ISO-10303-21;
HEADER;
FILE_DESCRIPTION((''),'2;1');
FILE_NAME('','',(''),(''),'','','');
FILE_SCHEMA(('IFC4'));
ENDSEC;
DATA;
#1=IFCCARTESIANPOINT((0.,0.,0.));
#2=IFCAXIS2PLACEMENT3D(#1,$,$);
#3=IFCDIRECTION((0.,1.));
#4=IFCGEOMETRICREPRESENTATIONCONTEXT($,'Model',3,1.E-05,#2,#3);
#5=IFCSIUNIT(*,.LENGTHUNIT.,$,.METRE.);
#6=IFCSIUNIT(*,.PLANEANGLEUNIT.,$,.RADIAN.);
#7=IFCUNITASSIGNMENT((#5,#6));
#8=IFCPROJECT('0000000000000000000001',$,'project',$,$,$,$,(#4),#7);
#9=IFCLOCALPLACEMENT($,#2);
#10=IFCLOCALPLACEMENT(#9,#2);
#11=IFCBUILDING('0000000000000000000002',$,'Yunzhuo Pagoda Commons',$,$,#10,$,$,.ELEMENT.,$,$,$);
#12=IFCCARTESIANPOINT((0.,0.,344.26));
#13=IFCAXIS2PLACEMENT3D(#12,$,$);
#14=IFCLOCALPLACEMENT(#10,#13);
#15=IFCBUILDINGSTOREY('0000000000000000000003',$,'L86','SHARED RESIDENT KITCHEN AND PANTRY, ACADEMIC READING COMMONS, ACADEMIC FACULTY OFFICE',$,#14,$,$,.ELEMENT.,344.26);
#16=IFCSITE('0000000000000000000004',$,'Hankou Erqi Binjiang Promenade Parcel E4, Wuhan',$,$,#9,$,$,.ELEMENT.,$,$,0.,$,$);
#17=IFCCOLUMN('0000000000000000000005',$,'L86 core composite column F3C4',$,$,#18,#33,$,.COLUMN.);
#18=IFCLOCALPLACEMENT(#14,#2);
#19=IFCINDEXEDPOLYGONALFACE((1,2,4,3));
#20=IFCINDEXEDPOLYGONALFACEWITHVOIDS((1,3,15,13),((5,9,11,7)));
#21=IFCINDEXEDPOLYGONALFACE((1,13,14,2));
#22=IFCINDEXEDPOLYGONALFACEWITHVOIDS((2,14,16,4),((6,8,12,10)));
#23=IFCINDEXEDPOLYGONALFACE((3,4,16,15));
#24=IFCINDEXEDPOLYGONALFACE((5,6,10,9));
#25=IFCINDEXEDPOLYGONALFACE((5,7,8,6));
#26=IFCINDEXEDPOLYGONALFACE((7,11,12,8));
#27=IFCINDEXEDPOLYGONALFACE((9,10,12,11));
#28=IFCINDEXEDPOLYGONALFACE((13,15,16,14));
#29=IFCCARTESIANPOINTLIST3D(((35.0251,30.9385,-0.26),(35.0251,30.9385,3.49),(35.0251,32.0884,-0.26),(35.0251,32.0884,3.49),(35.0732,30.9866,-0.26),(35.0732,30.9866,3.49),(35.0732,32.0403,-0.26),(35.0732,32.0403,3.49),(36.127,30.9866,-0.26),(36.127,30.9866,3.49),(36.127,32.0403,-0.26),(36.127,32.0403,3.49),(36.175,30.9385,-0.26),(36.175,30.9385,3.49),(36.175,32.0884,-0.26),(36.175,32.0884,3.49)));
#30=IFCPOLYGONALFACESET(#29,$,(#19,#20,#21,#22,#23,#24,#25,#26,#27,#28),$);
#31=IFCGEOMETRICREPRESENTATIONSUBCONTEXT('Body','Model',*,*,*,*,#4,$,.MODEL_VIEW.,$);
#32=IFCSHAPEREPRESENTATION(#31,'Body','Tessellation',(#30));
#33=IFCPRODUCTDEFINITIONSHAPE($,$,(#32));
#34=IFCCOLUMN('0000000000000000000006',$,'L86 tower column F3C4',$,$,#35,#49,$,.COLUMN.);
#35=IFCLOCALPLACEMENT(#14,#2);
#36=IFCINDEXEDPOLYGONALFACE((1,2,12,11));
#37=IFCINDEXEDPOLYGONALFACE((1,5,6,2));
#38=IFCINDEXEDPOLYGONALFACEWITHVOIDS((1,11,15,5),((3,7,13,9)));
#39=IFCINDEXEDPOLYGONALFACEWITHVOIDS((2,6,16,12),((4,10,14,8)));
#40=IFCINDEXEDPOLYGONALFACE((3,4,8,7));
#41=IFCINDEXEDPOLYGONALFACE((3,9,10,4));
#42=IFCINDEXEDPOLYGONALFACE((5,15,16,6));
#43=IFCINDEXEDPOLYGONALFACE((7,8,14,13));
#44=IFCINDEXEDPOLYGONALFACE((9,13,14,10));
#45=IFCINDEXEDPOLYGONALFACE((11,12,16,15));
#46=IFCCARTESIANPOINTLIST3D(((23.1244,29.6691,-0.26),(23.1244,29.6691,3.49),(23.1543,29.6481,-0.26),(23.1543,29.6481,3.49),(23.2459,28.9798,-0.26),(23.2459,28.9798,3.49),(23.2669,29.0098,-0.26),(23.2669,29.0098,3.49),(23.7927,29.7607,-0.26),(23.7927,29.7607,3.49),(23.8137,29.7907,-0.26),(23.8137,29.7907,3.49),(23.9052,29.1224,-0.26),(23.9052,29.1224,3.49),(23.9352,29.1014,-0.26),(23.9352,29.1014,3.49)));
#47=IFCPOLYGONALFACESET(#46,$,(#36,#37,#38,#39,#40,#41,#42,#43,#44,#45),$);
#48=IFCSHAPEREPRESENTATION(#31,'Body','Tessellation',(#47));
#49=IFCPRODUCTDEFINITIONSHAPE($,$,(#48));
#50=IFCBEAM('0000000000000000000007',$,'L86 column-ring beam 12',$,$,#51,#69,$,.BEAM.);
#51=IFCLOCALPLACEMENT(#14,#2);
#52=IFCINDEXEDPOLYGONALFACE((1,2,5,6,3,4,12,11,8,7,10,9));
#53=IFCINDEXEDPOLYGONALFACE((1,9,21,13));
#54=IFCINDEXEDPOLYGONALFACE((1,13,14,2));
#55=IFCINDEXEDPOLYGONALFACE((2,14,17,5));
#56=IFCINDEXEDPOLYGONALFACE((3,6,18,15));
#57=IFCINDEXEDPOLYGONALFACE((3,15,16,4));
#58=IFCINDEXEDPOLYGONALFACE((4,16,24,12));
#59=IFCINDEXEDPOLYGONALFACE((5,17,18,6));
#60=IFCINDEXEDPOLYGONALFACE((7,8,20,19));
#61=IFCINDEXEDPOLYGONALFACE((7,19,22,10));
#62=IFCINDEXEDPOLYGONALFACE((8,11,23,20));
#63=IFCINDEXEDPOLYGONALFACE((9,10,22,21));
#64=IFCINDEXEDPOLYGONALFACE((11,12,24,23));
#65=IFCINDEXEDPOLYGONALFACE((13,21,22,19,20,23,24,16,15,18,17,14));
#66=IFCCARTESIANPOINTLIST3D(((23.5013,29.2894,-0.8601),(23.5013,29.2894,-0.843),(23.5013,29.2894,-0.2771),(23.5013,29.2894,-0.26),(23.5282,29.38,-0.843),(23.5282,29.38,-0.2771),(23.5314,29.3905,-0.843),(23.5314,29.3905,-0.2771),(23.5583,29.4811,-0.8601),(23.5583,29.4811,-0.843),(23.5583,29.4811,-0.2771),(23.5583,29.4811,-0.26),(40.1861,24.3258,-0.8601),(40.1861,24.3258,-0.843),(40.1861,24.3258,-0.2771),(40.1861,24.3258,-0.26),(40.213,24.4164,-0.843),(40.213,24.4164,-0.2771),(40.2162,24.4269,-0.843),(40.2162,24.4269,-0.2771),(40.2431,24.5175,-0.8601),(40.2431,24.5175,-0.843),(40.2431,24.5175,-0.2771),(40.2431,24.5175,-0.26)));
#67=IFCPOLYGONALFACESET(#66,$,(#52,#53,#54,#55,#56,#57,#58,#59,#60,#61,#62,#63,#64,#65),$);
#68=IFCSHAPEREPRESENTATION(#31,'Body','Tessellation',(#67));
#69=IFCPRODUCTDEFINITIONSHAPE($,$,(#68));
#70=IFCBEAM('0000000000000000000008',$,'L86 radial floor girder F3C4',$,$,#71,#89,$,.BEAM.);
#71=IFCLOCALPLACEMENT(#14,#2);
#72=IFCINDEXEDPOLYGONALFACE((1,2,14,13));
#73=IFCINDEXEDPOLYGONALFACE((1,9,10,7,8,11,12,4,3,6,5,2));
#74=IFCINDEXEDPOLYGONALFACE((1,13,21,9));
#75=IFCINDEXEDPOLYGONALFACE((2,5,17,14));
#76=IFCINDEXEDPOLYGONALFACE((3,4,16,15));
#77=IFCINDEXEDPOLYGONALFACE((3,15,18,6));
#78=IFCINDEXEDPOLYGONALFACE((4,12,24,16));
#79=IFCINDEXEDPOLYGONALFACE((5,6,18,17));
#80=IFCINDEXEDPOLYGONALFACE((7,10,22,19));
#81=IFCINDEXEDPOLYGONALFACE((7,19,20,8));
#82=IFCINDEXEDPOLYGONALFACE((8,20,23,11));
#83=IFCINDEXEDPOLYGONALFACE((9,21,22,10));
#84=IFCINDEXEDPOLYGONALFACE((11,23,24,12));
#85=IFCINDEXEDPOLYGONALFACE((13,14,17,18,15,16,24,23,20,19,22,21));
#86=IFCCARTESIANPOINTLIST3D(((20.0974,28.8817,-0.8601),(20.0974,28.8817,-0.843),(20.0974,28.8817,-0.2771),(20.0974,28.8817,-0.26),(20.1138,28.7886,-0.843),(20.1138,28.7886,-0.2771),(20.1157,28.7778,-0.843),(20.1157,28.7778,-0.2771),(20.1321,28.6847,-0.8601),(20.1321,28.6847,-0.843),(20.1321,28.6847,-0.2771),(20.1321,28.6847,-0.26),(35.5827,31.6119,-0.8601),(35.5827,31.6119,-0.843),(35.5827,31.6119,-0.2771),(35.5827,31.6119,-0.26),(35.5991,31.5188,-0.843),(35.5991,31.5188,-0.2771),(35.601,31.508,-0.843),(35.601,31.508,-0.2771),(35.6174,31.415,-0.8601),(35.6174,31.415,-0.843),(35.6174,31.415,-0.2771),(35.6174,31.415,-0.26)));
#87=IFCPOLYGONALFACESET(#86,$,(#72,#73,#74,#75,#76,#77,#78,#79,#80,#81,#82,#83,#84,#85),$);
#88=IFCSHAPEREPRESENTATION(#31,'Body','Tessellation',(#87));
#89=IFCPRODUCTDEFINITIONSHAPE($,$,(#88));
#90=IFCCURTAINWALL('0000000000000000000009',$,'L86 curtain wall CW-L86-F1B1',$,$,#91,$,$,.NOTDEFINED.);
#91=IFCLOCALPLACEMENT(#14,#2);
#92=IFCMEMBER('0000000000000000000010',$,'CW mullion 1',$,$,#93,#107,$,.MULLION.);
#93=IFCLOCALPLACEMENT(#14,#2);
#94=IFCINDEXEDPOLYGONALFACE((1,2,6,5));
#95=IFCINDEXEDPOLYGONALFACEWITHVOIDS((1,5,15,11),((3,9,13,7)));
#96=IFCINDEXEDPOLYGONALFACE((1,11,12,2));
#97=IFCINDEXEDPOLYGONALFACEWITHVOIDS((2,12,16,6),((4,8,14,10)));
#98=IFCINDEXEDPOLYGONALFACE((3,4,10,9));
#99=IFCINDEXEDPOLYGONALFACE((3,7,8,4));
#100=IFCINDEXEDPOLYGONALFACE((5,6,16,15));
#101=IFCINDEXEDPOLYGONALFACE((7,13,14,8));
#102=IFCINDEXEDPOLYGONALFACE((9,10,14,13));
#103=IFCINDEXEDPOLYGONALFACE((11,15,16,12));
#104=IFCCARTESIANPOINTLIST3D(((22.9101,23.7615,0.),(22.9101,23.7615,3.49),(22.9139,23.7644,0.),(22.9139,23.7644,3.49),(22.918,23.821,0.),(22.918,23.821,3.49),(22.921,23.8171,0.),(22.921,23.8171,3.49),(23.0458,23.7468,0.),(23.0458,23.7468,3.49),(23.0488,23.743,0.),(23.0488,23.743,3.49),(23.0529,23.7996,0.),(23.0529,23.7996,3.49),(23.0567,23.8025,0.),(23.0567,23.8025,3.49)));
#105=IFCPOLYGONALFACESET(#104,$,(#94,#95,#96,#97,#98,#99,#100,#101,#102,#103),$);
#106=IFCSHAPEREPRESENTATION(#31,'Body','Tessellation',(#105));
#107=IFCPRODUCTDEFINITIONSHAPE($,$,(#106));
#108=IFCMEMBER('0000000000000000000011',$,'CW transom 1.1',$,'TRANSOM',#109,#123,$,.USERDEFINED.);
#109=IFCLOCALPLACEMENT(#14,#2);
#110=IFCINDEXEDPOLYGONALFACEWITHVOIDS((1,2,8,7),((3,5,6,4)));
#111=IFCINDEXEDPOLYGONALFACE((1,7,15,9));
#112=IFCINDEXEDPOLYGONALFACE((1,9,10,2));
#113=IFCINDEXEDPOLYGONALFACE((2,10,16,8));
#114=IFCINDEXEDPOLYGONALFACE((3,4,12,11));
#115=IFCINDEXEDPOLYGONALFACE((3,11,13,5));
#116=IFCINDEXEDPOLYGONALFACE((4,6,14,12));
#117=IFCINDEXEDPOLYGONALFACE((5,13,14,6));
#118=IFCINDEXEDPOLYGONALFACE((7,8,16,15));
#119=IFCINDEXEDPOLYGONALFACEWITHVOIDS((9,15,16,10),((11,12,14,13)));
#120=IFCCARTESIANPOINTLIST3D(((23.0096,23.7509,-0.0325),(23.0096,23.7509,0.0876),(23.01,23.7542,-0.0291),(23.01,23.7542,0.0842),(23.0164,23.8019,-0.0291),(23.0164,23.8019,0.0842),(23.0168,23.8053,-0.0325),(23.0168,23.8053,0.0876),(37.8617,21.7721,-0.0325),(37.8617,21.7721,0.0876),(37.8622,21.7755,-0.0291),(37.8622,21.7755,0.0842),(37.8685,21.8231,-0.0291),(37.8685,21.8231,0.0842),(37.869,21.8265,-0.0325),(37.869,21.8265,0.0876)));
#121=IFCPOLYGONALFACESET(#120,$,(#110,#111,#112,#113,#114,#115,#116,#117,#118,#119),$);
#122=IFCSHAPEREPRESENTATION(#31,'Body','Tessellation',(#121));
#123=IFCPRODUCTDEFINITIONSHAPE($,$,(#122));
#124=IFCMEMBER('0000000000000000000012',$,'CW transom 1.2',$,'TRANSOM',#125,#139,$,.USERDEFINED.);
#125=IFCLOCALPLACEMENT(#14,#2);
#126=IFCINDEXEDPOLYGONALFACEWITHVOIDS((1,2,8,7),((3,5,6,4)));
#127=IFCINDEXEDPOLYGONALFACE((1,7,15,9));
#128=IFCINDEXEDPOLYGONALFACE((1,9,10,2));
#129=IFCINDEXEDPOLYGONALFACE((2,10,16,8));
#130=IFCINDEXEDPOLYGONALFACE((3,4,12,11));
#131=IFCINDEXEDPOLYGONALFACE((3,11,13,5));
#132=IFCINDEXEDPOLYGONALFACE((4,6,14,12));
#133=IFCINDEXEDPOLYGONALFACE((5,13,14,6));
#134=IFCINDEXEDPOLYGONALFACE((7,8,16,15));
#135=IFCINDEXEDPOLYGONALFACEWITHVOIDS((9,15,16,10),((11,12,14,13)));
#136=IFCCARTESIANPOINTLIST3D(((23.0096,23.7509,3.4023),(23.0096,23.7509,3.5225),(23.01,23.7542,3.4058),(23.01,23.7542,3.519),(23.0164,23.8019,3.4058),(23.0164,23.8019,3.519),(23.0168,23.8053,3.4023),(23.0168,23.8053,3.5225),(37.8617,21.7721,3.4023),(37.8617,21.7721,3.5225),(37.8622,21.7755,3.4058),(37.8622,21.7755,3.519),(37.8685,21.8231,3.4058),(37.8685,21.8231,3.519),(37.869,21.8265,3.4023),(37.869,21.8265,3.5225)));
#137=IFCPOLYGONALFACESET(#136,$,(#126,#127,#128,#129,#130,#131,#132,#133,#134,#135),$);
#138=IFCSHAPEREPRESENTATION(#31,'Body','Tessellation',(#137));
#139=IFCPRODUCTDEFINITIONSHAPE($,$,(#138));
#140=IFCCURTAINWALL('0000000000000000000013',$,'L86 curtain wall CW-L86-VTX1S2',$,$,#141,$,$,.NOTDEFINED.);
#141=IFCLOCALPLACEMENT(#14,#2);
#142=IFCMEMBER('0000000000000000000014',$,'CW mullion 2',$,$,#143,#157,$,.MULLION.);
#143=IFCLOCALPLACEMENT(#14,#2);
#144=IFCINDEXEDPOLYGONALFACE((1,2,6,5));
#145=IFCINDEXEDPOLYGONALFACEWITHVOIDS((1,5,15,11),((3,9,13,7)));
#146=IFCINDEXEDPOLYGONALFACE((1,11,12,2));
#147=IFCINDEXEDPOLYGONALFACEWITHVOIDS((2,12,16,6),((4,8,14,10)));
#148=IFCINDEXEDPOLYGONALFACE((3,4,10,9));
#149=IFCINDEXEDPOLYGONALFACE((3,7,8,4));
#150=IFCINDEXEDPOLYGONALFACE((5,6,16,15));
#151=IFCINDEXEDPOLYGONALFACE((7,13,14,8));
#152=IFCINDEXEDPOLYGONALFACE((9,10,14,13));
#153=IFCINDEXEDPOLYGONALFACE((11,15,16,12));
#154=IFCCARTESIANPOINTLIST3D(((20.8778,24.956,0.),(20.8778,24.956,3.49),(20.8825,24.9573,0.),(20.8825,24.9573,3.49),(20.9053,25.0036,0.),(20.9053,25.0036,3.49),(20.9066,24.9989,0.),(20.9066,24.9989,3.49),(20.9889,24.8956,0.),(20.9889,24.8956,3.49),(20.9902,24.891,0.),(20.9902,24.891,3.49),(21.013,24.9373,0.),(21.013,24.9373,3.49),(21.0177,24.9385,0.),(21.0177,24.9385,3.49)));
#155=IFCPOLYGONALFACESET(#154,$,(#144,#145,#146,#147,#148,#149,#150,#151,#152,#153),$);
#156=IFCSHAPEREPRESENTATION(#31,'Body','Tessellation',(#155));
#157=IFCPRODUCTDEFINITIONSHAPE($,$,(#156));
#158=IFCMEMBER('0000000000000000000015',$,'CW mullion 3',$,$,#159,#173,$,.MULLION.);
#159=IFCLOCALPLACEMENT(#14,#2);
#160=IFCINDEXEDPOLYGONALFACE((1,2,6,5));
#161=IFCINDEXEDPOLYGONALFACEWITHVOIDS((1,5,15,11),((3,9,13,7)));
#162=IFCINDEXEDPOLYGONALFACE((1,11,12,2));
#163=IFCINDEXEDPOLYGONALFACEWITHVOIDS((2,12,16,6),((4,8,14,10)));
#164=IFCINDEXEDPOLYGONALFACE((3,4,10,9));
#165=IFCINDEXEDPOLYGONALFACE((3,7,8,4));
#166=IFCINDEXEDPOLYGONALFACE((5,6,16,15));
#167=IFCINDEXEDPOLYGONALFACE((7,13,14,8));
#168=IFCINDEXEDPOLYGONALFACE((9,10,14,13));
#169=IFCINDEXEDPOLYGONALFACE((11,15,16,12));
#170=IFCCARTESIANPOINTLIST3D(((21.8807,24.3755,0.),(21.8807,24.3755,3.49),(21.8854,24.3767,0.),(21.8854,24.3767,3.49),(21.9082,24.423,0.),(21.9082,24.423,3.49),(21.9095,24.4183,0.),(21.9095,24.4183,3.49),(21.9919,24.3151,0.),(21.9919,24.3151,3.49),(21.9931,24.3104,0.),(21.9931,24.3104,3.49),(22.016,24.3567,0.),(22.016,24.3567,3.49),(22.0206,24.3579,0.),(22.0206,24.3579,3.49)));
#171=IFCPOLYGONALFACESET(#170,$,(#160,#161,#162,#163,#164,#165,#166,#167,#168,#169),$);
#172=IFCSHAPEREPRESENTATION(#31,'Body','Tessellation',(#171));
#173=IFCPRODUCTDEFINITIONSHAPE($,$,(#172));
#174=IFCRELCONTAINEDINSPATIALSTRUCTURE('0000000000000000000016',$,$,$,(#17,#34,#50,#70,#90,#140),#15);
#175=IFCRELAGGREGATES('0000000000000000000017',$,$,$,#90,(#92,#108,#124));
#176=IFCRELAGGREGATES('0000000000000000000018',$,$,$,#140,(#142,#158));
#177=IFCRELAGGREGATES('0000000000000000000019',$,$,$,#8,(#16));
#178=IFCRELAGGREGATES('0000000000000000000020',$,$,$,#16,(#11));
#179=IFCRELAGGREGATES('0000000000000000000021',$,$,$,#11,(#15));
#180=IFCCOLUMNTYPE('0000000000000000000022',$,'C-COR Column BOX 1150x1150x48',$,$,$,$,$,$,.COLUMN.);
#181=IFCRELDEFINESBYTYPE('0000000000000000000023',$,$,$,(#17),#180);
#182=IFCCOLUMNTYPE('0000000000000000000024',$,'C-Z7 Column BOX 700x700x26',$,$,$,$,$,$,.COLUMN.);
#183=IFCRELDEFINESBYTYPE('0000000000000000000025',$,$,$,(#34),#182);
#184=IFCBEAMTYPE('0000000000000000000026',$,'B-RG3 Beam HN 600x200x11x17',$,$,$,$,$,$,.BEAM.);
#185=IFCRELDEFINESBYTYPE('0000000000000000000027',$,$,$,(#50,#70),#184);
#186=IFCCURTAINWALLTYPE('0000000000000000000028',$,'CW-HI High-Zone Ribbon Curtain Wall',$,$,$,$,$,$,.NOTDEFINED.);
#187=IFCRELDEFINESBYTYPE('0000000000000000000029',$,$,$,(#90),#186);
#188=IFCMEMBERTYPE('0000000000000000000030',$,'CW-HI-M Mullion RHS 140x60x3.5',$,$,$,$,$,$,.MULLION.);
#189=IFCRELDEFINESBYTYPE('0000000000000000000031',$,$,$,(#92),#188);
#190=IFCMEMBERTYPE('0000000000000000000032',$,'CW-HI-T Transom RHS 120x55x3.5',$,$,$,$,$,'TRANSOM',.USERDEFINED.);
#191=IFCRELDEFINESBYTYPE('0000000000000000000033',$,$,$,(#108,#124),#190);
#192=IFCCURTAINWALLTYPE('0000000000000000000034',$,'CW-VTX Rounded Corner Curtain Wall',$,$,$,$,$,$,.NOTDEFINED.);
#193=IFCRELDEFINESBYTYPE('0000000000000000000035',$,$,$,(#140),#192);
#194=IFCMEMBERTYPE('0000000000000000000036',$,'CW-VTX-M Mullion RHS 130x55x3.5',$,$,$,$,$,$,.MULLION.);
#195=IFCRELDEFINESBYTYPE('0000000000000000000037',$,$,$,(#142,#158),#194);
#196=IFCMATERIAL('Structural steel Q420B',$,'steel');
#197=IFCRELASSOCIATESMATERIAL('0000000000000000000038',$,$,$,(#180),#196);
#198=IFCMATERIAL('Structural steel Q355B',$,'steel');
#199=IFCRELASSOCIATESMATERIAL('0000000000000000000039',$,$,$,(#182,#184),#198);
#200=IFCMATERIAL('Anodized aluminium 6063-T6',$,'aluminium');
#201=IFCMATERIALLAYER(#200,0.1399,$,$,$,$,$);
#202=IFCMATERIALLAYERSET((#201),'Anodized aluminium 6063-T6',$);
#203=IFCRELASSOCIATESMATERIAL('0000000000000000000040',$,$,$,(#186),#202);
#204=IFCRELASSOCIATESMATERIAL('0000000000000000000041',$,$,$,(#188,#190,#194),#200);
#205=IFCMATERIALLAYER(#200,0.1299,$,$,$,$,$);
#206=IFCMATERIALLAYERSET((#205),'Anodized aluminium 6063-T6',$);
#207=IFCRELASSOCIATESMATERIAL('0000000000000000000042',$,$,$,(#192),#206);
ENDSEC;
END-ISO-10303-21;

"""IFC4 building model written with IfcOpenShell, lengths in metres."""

from ifc_helpers import new_model, si_unit, direction, frame, origin, origin_2d, place, context, subcontext, project, spatial, hollow_rectangle, i_section, extrude, source, transform, mapped, material, layer, layer_set, material_profile, profile_set, type_object, element, aggregate, save


model = new_model("IFC4")

# Units and contexts
model_context = context("Model", 3, precision=1e-05, world=origin(), true_north=direction((0.0, 1.0)))
body_context = subcontext(model_context, "Body", "Model", "MODEL_VIEW")
ifc_project = project(units=[si_unit("LENGTHUNIT", "METRE"), si_unit("PLANEANGLEUNIT", "RADIAN")], contexts=[model_context])

# Site, building, storey
site_placement = place(None, origin())
site = spatial("IfcSite", under=ifc_project, at=site_placement, Name="Hankou Erqi Binjiang Promenade Parcel E4, Wuhan", CompositionType="ELEMENT", RefElevation=0.0)
building_placement = place(site_placement, origin())
building = spatial("IfcBuilding", under=site, at=building_placement, Name="Yunzhuo Pagoda Commons", CompositionType="ELEMENT")
storey_placement = place(building_placement, frame((0.0, 0.0, 344.26)))
storey = spatial("IfcBuildingStorey", under=building, at=storey_placement, Name="L86", Description="SHARED RESIDENT KITCHEN AND PANTRY, ACADEMIC READING COMMONS, ACADEMIC FACULTY OFFICE", CompositionType="ELEMENT", Elevation=344.26)

# Columns
ifc_material_1 = material(Name="Structural steel Q420B", Category="steel")
ifc_material_profile_1 = material_profile(ifc_material_1, hollow_rectangle(XDim=1.1499, YDim=1.1499, WallThickness=0.0481, at=origin_2d()), Name="Structural steel Q420B")
ifc_profile_set_1 = profile_set([ifc_material_profile_1], Name="Structural steel Q420B")
column_type_1 = type_object("IfcColumnType", Name="C-COR Column BOX 1150x1150x48", PredefinedType="COLUMN", material=ifc_profile_set_1)
shared_shape_1 = source(origin(), body_context, "Body", "SweptSolid", [
    extrude(hollow_rectangle(XDim=1.1499, YDim=1.1499, WallThickness=0.0481, at=origin_2d()), origin(), (0.0, 0.0, 1.0), 3.75),
])
column_1_placement = place(storey_placement, frame((35.6001, 31.5134, -0.26), z_axis=(0.0, 0.0, 1.0), x_axis=(1.0, 0.0, 0.0)))
element("IfcColumn", 1, at=column_1_placement, inside=storey, type_object=column_type_1, Name="L86 core composite column F3C4", PredefinedType="COLUMN", context=body_context, shape_type="MappedRepresentation", body=[
    mapped(shared_shape_1, transform((0.0, 0.0, 0.0), scale=1.0)),
])
ifc_material_2 = material(Name="Structural steel Q355B", Category="steel")
ifc_material_profile_2 = material_profile(ifc_material_2, hollow_rectangle(XDim=0.7, YDim=0.7, WallThickness=0.0259, at=origin_2d()), Name="Structural steel Q355B")
ifc_profile_set_2 = profile_set([ifc_material_profile_2], Name="Structural steel Q355B")
column_type_2 = type_object("IfcColumnType", Name="C-Z7 Column BOX 700x700x26", PredefinedType="COLUMN", material=ifc_profile_set_2)
shared_shape_2 = source(origin(), body_context, "Body", "SweptSolid", [
    extrude(hollow_rectangle(XDim=0.7, YDim=0.7, WallThickness=0.0259, at=origin_2d()), origin(), (0.0, 0.0, 1.0), 3.75),
])
column_2_placement = place(storey_placement, frame((23.5298, 29.3853, -0.26), z_axis=(0.0, 0.0, 1.0), x_axis=(0.173648, -0.984808, 0.0)))
element("IfcColumn", 2, at=column_2_placement, inside=storey, type_object=column_type_2, Name="L86 tower column F3C4", PredefinedType="COLUMN", context=body_context, shape_type="MappedRepresentation", body=[
    mapped(shared_shape_2, transform((0.0, 0.0, 0.0), scale=1.0)),
])

# Beams
ifc_material_profile_3 = material_profile(ifc_material_2, i_section(OverallWidth=0.2, OverallDepth=0.6001, WebThickness=0.011, FlangeThickness=0.0171, at=origin_2d()), Name="Structural steel Q355B")
ifc_profile_set_3 = profile_set([ifc_material_profile_3], Name="Structural steel Q355B")
beam_type = type_object("IfcBeamType", Name="B-RG3 Beam HN 600x200x11x17", PredefinedType="BEAM", material=ifc_profile_set_3)
shared_shape_3 = source(origin(), body_context, "Body", "SweptSolid", [
    extrude(i_section(OverallWidth=0.2, OverallDepth=0.6001, WebThickness=0.011, FlangeThickness=0.0171, at=origin_2d()), origin(), (0.0, 0.0, 1.0), 17.4075),
])
beam_1_placement = place(storey_placement, frame((23.5298, 29.3853, -0.5601), z_axis=(0.958485, -0.285143, 0.0), x_axis=(0.285143, 0.958485, 0.0)))
element("IfcBeam", 3, at=beam_1_placement, inside=storey, type_object=beam_type, Name="L86 column-ring beam 12", PredefinedType="BEAM", context=body_context, shape_type="MappedRepresentation", body=[
    mapped(shared_shape_3, transform((0.0, 0.0, 0.0), scale=1.0)),
])
shared_shape_4 = source(origin(), body_context, "Body", "SweptSolid", [
    extrude(i_section(OverallWidth=0.2, OverallDepth=0.6001, WebThickness=0.011, FlangeThickness=0.0171, at=origin_2d()), origin(), (0.0, 0.0, 1.0), 15.7241),
])
beam_2_placement = place(storey_placement, frame((20.1147, 28.7832, -0.5601), z_axis=(0.984811, 0.173632, 0.0), x_axis=(-0.173632, 0.984811, 0.0)))
element("IfcBeam", 4, at=beam_2_placement, inside=storey, type_object=beam_type, Name="L86 radial floor girder F3C4", PredefinedType="BEAM", context=body_context, shape_type="MappedRepresentation", body=[
    mapped(shared_shape_4, transform((0.0, 0.0, 0.0), scale=1.0)),
])

# Curtain walls, members
ifc_material_3 = material(Name="Anodized aluminium 6063-T6", Category="aluminium")
ifc_layer_1 = layer(ifc_material_3, 0.1399)
ifc_layer_set_1 = layer_set([ifc_layer_1], Name="Anodized aluminium 6063-T6")
curtain_wall_type_1 = type_object("IfcCurtainWallType", Name="CW-HI High-Zone Ribbon Curtain Wall", PredefinedType="NOTDEFINED", material=ifc_layer_set_1)
curtain_wall_1_placement = place(storey_placement, origin())
curtain_wall_1 = element("IfcCurtainWall", 5, at=curtain_wall_1_placement, inside=storey, type_object=curtain_wall_type_1, Name="L86 curtain wall CW-L86-F1B1", PredefinedType="NOTDEFINED")
ifc_material_profile_4 = material_profile(ifc_material_3, hollow_rectangle(XDim=0.0601, YDim=0.1399, WallThickness=0.0034, at=origin_2d()), Name="Anodized aluminium 6063-T6")
ifc_profile_set_4 = profile_set([ifc_material_profile_4], Name="Anodized aluminium 6063-T6")
member_type_1 = type_object("IfcMemberType", Name="CW-HI-M Mullion RHS 140x60x3.5", PredefinedType="MULLION", material=ifc_profile_set_4)
shared_shape_5 = source(origin(), body_context, "Body", "SweptSolid", [
    extrude(hollow_rectangle(XDim=0.0601, YDim=0.1399, WallThickness=0.0034, at=origin_2d()), origin(), (0.0, 0.0, 1.0), 3.49),
])
member_1_placement = place(storey_placement, frame((22.9834, 23.782, 0.0), z_axis=(0.0, 0.0, 1.0), x_axis=(0.132069, 0.991241, 0.0)))
member_1 = element("IfcMember", 6, at=member_1_placement, type_object=member_type_1, Name="CW mullion 1", PredefinedType="MULLION", context=body_context, shape_type="MappedRepresentation", body=[
    mapped(shared_shape_5, transform((0.0, 0.0, 0.0), scale=1.0)),
])
ifc_material_profile_5 = material_profile(ifc_material_3, hollow_rectangle(XDim=0.0549, YDim=0.1201, WallThickness=0.0034, at=origin_2d()), Name="Anodized aluminium 6063-T6")
ifc_profile_set_5 = profile_set([ifc_material_profile_5], Name="Anodized aluminium 6063-T6")
member_type_2 = type_object("IfcMemberType", Name="CW-HI-T Transom RHS 120x55x3.5", ElementType="TRANSOM", PredefinedType="USERDEFINED", material=ifc_profile_set_5)
shared_shape_6 = source(origin(), body_context, "Body", "SweptSolid", [
    extrude(hollow_rectangle(XDim=0.0549, YDim=0.1201, WallThickness=0.0034, at=origin_2d()), origin(), (0.0, 0.0, 1.0), 14.9834),
])
member_2_placement = place(storey_placement, frame((23.0132, 23.7781, 0.0276), z_axis=(0.991241, -0.132064, 0.0), x_axis=(0.132064, 0.991241, 0.0)))
member_2 = element("IfcMember", 7, at=member_2_placement, type_object=member_type_2, Name="CW transom 1.1", ObjectType="TRANSOM", PredefinedType="USERDEFINED", context=body_context, shape_type="MappedRepresentation", body=[
    mapped(shared_shape_6, transform((0.0, 0.0, 0.0), scale=1.0)),
])
member_3_placement = place(storey_placement, frame((23.0132, 23.7781, 3.4624), z_axis=(0.991241, -0.132064, 0.0), x_axis=(0.132064, 0.991241, 0.0)))
member_3 = element("IfcMember", 8, at=member_3_placement, type_object=member_type_2, Name="CW transom 1.2", ObjectType="TRANSOM", PredefinedType="USERDEFINED", context=body_context, shape_type="MappedRepresentation", body=[
    mapped(shared_shape_6, transform((0.0, 0.0, 0.0), scale=1.0)),
])
ifc_layer_2 = layer(ifc_material_3, 0.1299)
ifc_layer_set_2 = layer_set([ifc_layer_2], Name="Anodized aluminium 6063-T6")
curtain_wall_type_2 = type_object("IfcCurtainWallType", Name="CW-VTX Rounded Corner Curtain Wall", PredefinedType="NOTDEFINED", material=ifc_layer_set_2)
curtain_wall_2_placement = place(storey_placement, origin())
curtain_wall_2 = element("IfcCurtainWall", 9, at=curtain_wall_2_placement, inside=storey, type_object=curtain_wall_type_2, Name="L86 curtain wall CW-L86-VTX1S2", PredefinedType="NOTDEFINED")
ifc_material_profile_6 = material_profile(ifc_material_3, hollow_rectangle(XDim=0.0549, YDim=0.1299, WallThickness=0.0034, at=origin_2d()), Name="Anodized aluminium 6063-T6")
ifc_profile_set_6 = profile_set([ifc_material_profile_6], Name="Anodized aluminium 6063-T6")
member_type_3 = type_object("IfcMemberType", Name="CW-VTX-M Mullion RHS 130x55x3.5", PredefinedType="MULLION", material=ifc_profile_set_6)
shared_shape_7 = source(origin(), body_context, "Body", "SweptSolid", [
    extrude(hollow_rectangle(XDim=0.0549, YDim=0.1299, WallThickness=0.0034, at=origin_2d()), origin(), (0.0, 0.0, 1.0), 3.49),
])
member_4_placement = place(storey_placement, frame((20.9478, 24.9473, 0.0), z_axis=(0.0, 0.0, 1.0), x_axis=(0.501028, 0.865431, 0.0)))
member_4 = element("IfcMember", 10, at=member_4_placement, type_object=member_type_3, Name="CW mullion 2", PredefinedType="MULLION", context=body_context, shape_type="MappedRepresentation", body=[
    mapped(shared_shape_7, transform((0.0, 0.0, 0.0), scale=1.0)),
])
member_5_placement = place(storey_placement, frame((21.9507, 24.3667, 0.0), z_axis=(0.0, 0.0, 1.0), x_axis=(0.501028, 0.865431, 0.0)))
member_5 = element("IfcMember", 11, at=member_5_placement, type_object=member_type_3, Name="CW mullion 3", PredefinedType="MULLION", context=body_context, shape_type="MappedRepresentation", body=[
    mapped(shared_shape_7, transform((0.0, 0.0, 0.0), scale=1.0)),
])

aggregate(curtain_wall_1, [member_1, member_2, member_3])
aggregate(curtain_wall_2, [member_4, member_5])

save(model, "model.ifc")
